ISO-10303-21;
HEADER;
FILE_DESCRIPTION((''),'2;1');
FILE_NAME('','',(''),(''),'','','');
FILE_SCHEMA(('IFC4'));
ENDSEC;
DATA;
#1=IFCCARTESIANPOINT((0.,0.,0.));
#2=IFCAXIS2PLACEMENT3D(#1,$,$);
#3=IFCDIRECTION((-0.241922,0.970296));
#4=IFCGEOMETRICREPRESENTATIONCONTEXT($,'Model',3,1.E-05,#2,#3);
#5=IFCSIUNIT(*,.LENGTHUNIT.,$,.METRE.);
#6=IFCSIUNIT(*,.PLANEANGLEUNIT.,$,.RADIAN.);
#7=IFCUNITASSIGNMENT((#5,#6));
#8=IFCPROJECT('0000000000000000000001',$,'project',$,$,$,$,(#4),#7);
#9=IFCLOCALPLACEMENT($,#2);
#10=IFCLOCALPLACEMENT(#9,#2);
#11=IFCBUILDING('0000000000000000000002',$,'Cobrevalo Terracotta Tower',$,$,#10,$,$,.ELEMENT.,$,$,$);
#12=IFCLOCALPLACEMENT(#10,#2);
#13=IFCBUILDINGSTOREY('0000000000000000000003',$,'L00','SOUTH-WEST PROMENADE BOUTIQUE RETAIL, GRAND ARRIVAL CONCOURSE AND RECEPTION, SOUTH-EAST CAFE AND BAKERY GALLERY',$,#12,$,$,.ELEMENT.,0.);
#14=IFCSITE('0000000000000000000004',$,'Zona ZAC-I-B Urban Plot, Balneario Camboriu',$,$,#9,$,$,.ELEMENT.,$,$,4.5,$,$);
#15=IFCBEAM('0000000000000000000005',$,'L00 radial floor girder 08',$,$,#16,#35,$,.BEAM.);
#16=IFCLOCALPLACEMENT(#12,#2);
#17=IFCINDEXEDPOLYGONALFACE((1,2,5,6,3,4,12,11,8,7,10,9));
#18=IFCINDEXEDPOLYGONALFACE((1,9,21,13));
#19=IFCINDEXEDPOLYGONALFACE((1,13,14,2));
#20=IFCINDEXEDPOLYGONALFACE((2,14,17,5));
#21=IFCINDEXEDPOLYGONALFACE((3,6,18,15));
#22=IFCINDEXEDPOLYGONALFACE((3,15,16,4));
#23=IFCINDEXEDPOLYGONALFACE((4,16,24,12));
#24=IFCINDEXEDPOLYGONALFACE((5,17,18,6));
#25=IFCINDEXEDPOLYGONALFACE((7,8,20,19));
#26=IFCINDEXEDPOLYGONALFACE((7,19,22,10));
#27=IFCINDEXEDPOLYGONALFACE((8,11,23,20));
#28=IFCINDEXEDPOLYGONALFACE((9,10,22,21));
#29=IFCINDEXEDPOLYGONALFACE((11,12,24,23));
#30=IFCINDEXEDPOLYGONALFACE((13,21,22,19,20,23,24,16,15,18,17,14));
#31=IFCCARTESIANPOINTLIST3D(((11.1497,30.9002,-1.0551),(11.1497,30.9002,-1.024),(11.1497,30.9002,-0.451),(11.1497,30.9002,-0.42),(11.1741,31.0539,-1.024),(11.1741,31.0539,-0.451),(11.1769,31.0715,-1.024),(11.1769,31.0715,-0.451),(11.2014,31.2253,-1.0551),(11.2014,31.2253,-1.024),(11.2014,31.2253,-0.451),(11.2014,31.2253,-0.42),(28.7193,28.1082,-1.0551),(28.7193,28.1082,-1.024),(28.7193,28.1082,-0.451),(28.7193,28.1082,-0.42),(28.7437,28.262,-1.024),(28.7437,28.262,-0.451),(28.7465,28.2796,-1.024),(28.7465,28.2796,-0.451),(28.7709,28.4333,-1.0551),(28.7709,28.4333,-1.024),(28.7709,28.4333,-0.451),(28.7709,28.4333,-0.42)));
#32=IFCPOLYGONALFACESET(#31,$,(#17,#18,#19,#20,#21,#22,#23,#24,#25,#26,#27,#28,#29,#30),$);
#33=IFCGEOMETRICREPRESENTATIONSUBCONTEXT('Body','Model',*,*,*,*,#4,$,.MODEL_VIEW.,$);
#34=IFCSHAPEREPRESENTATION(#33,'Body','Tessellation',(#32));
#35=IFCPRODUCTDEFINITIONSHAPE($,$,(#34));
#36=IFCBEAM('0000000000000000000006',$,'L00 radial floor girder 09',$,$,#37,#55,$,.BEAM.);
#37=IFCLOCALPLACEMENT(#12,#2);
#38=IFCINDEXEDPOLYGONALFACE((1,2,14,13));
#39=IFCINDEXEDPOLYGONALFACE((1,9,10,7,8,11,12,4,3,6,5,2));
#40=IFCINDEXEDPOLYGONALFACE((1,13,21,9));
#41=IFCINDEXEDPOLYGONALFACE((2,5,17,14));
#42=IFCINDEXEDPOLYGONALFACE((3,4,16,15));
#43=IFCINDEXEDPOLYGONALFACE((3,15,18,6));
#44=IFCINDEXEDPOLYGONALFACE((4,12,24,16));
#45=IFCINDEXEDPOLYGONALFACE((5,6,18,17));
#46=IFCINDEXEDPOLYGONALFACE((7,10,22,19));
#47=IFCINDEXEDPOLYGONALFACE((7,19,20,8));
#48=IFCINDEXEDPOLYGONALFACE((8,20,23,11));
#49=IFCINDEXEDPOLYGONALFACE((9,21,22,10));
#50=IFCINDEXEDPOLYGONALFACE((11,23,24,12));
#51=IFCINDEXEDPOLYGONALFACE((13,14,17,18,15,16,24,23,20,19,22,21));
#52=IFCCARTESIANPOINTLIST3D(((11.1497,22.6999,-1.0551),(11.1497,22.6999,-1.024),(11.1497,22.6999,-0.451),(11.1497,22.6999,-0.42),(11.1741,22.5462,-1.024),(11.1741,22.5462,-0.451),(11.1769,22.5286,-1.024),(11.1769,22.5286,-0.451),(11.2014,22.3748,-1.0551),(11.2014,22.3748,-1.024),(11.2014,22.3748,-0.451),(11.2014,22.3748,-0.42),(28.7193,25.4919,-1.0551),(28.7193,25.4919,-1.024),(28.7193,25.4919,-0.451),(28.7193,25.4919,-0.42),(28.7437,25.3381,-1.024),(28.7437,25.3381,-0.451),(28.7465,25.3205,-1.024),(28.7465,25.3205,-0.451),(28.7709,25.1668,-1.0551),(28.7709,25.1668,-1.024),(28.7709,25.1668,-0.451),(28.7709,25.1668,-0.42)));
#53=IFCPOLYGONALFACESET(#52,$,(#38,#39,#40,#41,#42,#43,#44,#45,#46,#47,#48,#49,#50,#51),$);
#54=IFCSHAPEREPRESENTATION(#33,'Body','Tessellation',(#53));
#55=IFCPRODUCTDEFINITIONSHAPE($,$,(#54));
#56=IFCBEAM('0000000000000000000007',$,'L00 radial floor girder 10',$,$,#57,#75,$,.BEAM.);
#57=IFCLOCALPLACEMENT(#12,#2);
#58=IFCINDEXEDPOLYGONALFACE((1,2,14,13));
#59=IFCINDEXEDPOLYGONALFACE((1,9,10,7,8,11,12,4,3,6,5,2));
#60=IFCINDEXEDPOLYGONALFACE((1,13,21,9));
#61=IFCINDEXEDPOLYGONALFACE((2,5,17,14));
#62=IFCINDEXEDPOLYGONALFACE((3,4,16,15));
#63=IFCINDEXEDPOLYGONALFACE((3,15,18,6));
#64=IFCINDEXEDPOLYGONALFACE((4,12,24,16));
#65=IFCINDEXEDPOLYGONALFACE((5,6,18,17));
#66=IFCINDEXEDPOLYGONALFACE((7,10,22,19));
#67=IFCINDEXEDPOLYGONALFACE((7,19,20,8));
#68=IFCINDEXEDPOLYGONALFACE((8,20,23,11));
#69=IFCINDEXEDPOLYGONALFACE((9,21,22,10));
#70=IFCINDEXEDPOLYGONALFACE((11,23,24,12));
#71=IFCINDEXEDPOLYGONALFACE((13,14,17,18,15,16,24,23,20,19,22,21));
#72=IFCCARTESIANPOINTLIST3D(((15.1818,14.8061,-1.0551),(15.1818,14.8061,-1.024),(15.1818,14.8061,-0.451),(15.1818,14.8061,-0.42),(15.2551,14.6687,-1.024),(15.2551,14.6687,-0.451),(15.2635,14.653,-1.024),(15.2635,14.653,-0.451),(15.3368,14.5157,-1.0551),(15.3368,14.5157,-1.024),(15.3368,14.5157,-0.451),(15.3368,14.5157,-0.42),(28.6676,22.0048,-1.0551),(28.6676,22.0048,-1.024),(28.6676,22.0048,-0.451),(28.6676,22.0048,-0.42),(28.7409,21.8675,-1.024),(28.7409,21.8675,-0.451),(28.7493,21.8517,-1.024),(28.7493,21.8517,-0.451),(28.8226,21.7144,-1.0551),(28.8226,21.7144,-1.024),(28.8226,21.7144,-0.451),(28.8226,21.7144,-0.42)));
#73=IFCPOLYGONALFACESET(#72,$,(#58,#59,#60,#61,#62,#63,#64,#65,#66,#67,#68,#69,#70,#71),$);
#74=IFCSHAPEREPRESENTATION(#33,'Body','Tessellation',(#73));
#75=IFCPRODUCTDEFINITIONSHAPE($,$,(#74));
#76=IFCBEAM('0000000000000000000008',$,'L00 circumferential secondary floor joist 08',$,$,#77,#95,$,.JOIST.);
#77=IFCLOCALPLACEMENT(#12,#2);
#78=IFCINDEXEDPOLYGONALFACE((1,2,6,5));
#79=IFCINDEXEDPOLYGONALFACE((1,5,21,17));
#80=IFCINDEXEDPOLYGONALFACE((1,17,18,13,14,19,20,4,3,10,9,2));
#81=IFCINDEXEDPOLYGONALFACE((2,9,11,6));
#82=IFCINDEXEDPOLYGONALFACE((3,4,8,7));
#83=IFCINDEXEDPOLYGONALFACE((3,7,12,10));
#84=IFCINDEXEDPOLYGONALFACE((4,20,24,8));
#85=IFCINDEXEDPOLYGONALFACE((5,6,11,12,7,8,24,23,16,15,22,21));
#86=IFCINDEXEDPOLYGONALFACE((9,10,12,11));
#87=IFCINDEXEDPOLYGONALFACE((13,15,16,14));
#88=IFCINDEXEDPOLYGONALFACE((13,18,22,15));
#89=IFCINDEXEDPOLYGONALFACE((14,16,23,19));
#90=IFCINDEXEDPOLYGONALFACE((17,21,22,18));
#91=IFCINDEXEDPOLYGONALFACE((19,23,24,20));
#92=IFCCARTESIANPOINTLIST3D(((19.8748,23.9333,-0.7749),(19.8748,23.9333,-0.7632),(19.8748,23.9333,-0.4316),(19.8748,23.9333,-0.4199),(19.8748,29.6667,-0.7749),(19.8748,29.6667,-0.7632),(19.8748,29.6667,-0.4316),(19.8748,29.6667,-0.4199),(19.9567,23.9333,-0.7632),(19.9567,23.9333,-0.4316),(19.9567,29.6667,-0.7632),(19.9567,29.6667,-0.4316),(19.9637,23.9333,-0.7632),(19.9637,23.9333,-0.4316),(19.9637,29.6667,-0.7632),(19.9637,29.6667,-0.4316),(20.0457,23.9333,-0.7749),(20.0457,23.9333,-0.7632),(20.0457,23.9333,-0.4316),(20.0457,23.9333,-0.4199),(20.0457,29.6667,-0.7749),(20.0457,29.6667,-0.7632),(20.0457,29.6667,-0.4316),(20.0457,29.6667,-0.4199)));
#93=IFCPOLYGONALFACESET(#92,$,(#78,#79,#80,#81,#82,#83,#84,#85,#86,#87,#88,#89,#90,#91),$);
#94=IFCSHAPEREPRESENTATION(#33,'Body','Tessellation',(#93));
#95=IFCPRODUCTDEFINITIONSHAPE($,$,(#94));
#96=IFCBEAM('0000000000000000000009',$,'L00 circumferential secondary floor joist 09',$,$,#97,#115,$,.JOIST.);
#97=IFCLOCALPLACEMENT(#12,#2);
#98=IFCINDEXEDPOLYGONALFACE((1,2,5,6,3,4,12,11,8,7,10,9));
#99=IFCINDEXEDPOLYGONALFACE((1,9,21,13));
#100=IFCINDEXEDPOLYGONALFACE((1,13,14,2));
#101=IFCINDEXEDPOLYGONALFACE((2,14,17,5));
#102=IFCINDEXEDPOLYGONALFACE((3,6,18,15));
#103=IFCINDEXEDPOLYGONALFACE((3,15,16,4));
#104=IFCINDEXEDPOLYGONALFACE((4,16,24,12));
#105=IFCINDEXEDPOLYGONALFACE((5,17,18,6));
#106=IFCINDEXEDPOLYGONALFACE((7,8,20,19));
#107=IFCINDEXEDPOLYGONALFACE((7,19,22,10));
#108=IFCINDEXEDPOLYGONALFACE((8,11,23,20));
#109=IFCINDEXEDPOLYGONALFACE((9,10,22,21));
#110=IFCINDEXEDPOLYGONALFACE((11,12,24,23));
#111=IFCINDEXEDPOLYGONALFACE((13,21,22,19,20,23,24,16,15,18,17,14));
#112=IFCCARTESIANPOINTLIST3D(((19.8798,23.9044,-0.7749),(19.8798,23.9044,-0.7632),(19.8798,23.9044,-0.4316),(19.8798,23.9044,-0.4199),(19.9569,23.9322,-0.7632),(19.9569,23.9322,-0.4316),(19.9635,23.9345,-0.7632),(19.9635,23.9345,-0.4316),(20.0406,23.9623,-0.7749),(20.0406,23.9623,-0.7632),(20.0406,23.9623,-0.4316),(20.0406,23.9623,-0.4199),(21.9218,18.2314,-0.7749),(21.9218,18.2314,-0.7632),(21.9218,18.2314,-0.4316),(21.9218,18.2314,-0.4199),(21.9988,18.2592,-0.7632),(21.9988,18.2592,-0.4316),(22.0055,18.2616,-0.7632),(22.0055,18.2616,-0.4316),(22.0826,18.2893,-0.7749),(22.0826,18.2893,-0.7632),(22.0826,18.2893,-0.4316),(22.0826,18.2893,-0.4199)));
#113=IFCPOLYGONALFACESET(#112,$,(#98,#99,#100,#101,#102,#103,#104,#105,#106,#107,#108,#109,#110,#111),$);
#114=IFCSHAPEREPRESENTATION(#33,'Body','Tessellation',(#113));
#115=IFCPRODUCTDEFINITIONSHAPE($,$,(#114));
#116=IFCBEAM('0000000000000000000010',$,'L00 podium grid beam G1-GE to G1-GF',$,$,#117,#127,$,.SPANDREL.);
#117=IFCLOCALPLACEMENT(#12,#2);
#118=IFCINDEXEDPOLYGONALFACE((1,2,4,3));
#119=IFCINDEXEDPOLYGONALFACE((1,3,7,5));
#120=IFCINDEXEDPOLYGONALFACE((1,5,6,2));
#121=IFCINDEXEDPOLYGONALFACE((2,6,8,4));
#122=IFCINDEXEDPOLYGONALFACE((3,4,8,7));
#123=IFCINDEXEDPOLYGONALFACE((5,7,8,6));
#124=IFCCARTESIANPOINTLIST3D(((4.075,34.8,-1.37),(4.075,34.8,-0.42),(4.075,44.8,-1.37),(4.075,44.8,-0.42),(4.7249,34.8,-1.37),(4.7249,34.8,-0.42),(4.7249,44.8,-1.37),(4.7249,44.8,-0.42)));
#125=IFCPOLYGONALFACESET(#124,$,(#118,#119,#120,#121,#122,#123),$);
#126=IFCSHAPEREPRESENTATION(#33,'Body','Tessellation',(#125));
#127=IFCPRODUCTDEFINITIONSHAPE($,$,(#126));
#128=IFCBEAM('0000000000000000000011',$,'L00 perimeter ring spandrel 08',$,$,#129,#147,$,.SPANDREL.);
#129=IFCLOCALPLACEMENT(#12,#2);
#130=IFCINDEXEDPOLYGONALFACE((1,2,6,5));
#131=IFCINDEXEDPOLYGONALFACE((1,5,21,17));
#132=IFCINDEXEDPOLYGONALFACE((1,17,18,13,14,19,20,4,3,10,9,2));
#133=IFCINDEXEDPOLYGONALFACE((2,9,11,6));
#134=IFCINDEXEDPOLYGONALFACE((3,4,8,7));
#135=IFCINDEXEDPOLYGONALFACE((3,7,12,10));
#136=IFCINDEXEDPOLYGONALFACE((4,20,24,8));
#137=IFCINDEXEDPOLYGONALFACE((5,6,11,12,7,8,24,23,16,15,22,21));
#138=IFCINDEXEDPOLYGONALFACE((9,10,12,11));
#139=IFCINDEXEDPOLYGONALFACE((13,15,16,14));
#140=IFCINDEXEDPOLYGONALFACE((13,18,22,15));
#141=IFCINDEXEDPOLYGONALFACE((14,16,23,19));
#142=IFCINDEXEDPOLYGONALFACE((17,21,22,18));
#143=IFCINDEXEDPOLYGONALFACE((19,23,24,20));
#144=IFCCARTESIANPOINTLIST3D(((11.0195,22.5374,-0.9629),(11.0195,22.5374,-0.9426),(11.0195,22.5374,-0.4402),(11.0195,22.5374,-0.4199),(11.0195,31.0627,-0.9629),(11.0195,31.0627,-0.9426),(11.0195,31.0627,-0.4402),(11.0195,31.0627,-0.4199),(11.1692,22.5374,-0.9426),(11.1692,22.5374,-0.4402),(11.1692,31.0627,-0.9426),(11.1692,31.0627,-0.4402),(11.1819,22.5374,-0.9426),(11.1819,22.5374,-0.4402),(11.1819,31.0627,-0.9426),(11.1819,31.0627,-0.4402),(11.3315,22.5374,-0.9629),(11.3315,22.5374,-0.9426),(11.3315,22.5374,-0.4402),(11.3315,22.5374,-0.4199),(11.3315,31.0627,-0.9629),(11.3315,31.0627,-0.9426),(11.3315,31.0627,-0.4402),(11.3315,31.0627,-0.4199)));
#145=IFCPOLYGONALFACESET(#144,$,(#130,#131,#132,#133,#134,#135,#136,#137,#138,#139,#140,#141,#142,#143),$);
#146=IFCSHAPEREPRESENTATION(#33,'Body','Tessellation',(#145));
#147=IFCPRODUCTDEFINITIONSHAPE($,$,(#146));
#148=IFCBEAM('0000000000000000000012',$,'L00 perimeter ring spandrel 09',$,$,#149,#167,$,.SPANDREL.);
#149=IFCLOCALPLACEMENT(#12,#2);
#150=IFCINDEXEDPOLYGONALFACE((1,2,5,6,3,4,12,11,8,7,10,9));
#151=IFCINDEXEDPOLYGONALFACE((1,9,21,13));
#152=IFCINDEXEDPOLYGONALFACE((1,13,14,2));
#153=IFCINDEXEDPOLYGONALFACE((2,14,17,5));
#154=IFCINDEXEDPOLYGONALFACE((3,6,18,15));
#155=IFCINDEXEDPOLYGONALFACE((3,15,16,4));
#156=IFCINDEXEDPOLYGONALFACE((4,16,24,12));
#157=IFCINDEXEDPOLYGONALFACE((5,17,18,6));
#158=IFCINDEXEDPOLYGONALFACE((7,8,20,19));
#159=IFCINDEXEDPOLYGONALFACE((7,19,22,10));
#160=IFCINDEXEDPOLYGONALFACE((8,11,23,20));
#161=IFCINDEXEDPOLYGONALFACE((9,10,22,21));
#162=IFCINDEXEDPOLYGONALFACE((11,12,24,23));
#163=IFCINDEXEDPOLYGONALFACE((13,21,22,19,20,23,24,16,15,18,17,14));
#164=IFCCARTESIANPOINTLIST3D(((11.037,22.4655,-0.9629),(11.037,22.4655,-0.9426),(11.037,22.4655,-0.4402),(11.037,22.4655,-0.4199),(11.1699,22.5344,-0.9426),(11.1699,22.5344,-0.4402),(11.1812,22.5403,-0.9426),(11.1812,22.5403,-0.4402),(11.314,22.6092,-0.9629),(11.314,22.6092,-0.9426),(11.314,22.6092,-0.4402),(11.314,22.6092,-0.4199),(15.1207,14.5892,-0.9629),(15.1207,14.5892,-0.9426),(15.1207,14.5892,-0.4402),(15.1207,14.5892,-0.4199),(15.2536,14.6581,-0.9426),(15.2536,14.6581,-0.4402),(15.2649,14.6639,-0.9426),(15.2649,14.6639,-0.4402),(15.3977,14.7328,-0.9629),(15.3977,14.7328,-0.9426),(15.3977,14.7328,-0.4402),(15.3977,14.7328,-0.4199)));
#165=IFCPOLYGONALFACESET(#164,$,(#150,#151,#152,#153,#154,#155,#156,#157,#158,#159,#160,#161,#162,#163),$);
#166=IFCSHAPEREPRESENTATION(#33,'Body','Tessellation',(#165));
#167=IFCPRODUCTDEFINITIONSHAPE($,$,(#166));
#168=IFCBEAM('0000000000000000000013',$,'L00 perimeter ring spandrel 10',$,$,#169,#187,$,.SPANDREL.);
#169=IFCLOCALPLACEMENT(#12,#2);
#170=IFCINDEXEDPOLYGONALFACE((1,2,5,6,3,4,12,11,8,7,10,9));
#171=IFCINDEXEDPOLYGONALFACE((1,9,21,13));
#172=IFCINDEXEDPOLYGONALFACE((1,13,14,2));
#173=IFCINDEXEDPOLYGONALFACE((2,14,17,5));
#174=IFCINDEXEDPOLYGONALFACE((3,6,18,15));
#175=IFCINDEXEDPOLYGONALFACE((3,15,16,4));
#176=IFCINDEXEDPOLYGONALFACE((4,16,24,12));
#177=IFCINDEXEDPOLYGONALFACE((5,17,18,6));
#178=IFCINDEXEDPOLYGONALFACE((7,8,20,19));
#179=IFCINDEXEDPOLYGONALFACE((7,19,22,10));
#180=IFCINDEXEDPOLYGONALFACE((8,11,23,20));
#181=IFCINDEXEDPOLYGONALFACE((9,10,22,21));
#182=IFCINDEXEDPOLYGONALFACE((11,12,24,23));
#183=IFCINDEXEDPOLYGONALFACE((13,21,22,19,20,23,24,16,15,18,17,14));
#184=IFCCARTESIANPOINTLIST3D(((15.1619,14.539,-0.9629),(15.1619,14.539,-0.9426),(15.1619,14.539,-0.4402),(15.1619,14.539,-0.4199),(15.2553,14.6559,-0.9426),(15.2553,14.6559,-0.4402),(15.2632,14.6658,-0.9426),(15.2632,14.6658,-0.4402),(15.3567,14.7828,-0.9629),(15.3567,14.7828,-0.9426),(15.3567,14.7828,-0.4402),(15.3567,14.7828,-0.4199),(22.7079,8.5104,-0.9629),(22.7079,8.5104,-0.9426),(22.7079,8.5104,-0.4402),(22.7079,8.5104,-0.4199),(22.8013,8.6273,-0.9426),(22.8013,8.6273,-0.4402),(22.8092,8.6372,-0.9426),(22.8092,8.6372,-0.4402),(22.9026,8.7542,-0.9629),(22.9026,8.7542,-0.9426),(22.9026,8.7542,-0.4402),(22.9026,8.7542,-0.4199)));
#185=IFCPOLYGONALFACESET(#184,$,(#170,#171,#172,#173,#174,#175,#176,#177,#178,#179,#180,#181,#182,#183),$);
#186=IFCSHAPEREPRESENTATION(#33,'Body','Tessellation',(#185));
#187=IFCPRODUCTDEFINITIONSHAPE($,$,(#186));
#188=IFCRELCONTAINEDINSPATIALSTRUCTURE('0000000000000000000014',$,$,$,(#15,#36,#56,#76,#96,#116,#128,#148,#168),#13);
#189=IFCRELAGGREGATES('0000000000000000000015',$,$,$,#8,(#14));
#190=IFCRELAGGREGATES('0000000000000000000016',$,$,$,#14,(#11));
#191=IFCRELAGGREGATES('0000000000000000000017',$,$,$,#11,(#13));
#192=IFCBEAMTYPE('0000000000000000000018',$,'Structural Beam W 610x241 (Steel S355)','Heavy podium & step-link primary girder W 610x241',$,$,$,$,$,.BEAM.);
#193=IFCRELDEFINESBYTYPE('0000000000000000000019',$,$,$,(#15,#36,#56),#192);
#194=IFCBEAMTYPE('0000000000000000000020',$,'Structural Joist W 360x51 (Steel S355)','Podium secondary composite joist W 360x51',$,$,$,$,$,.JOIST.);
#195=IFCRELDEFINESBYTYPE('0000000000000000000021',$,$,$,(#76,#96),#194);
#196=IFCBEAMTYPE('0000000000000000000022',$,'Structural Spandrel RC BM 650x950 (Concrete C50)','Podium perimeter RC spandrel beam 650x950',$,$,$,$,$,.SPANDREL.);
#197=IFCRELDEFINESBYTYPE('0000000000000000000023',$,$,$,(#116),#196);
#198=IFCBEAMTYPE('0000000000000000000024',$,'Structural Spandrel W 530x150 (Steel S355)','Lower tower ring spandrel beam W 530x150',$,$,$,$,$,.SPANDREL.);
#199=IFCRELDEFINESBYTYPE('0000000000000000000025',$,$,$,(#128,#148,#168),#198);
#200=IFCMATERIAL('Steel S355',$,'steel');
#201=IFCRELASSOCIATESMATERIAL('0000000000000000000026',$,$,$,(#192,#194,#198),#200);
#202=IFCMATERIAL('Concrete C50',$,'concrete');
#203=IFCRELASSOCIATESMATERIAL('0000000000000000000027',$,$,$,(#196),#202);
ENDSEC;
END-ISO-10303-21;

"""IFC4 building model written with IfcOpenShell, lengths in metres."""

from ifc_helpers import new_model, si_unit, direction, frame, origin, origin_2d, place, context, subcontext, project, spatial, rectangle, i_section, extrude, material, material_profile, profile_set, type_object, element, save


model = new_model("IFC4")

# Units and contexts
model_context = context("Model", 3, precision=1e-05, world=origin(), true_north=direction((-0.241922, 0.970296)))
body_context = subcontext(model_context, "Body", "Model", "MODEL_VIEW")
ifc_project = project(units=[si_unit("LENGTHUNIT", "METRE"), si_unit("PLANEANGLEUNIT", "RADIAN")], contexts=[model_context])

# Site, building, storey
site_placement = place(None, origin())
site = spatial("IfcSite", under=ifc_project, at=site_placement, Name="Zona ZAC-I-B Urban Plot, Balneario Camboriu", CompositionType="ELEMENT", RefElevation=4.5)
building_placement = place(site_placement, origin())
building = spatial("IfcBuilding", under=site, at=building_placement, Name="Cobrevalo Terracotta Tower", CompositionType="ELEMENT")
storey_placement = place(building_placement, origin())
storey = spatial("IfcBuildingStorey", under=building, at=storey_placement, Name="L00", Description="SOUTH-WEST PROMENADE BOUTIQUE RETAIL, GRAND ARRIVAL CONCOURSE AND RECEPTION, SOUTH-EAST CAFE AND BAKERY GALLERY", CompositionType="ELEMENT", Elevation=0.0)

# Shared definitions
ifc_material_1 = material(Name="Steel S355", Category="steel")
ifc_material_2 = material(Name="Concrete C50", Category="concrete")

# Beams
ifc_material_profile_1 = material_profile(ifc_material_1, i_section(OverallWidth=0.3291, OverallDepth=0.635, WebThickness=0.0178, FlangeThickness=0.031, at=origin_2d()), Name="W 610x241")
ifc_profile_set_1 = profile_set([ifc_material_profile_1], Name="Steel S355")
beam_type_1 = type_object("IfcBeamType", Name="Structural Beam W 610x241 (Steel S355)", Description="Heavy podium & step-link primary girder W 610x241", PredefinedType="BEAM", material=ifc_profile_set_1)
for number, where, z_axis, x_axis, name in (
    (1, (11.1755, 31.0627, -0.7375), (0.987608, -0.156941, 0.0), (0.156941, 0.987608, 0.0), "L00 radial floor girder 08"),
    (2, (11.1755, 22.5374, -0.7375), (0.987608, 0.156941, 0.0), (-0.156941, 0.987608, 0.0), "L00 radial floor girder 09"),
):
    element("IfcBeam", number, at=place(storey_placement, frame(where, z_axis=z_axis, x_axis=x_axis)), inside=storey, type_object=beam_type_1, Name=name, PredefinedType="BEAM", context=body_context, shape_type="SweptSolid", body=[
        extrude(i_section(OverallWidth=0.3291, OverallDepth=0.635, WebThickness=0.0178, FlangeThickness=0.031, at=origin_2d()), origin(), (0.0, 0.0, 1.0), 17.79),
    ])
beam_1_placement = place(storey_placement, frame((15.2593, 14.6609, -0.7375), z_axis=(0.882182, 0.470908, 0.0), x_axis=(-0.470908, 0.882182, 0.0)))
element("IfcBeam", 3, at=beam_1_placement, inside=storey, type_object=beam_type_1, Name="L00 radial floor girder 10", PredefinedType="BEAM", context=body_context, shape_type="SweptSolid", body=[
    extrude(i_section(OverallWidth=0.3291, OverallDepth=0.635, WebThickness=0.0178, FlangeThickness=0.031, at=origin_2d()), origin(), (0.0, 0.0, 1.0), 15.2869),
])
ifc_material_profile_2 = material_profile(ifc_material_1, i_section(OverallWidth=0.1709, OverallDepth=0.355, WebThickness=0.0071, FlangeThickness=0.0117, at=origin_2d()), Name="W 360x51")
ifc_profile_set_2 = profile_set([ifc_material_profile_2], Name="Steel S355")
beam_type_2 = type_object("IfcBeamType", Name="Structural Joist W 360x51 (Steel S355)", Description="Podium secondary composite joist W 360x51", PredefinedType="JOIST", material=ifc_profile_set_2)
beam_2_placement = place(storey_placement, frame((19.9602, 29.6667, -0.5974), z_axis=(0.0, -1.0, 0.0), x_axis=(1.0, 0.0, 0.0)))
element("IfcBeam", 4, at=beam_2_placement, inside=storey, type_object=beam_type_2, Name="L00 circumferential secondary floor joist 08", PredefinedType="JOIST", context=body_context, shape_type="SweptSolid", body=[
    extrude(i_section(OverallWidth=0.1709, OverallDepth=0.355, WebThickness=0.0071, FlangeThickness=0.0117, at=origin_2d()), origin(), (0.0, 0.0, 1.0), 5.7334),
])
beam_3_placement = place(storey_placement, frame((19.9602, 23.9333, -0.5974), z_axis=(0.338672, -0.940904, 0.0), x_axis=(0.940904, 0.338672, 0.0)))
element("IfcBeam", 5, at=beam_3_placement, inside=storey, type_object=beam_type_2, Name="L00 circumferential secondary floor joist 09", PredefinedType="JOIST", context=body_context, shape_type="SweptSolid", body=[
    extrude(i_section(OverallWidth=0.1709, OverallDepth=0.355, WebThickness=0.0071, FlangeThickness=0.0117, at=origin_2d()), origin(), (0.0, 0.0, 1.0), 6.0293),
])
ifc_material_profile_3 = material_profile(ifc_material_2, rectangle(XDim=0.6499, YDim=0.95, at=origin_2d()), Name="RC BM 650x950")
ifc_profile_set_3 = profile_set([ifc_material_profile_3], Name="Concrete C50")
beam_type_3 = type_object("IfcBeamType", Name="Structural Spandrel RC BM 650x950 (Concrete C50)", Description="Podium perimeter RC spandrel beam 650x950", PredefinedType="SPANDREL", material=ifc_profile_set_3)
beam_4_placement = place(storey_placement, frame((4.3999, 34.8, -0.895), z_axis=(0.0, 1.0, 0.0), x_axis=(-1.0, 0.0, 0.0)))
element("IfcBeam", 6, at=beam_4_placement, inside=storey, type_object=beam_type_3, Name="L00 podium grid beam G1-GE to G1-GF", PredefinedType="SPANDREL", context=body_context, shape_type="SweptSolid", body=[
    extrude(rectangle(XDim=0.6499, YDim=0.95, at=origin_2d()), origin(), (0.0, 0.0, 1.0), 10.0),
])
ifc_material_profile_4 = material_profile(ifc_material_1, i_section(OverallWidth=0.312, OverallDepth=0.543, WebThickness=0.0127, FlangeThickness=0.0203, at=origin_2d()), Name="W 530x150")
ifc_profile_set_4 = profile_set([ifc_material_profile_4], Name="Steel S355")
beam_type_4 = type_object("IfcBeamType", Name="Structural Spandrel W 530x150 (Steel S355)", Description="Lower tower ring spandrel beam W 530x150", PredefinedType="SPANDREL", material=ifc_profile_set_4)
beam_5_placement = place(storey_placement, frame((11.1755, 31.0627, -0.6914), z_axis=(0.0, -1.0, 0.0), x_axis=(1.0, 0.0, 0.0)))
element("IfcBeam", 7, at=beam_5_placement, inside=storey, type_object=beam_type_4, Name="L00 perimeter ring spandrel 08", PredefinedType="SPANDREL", context=body_context, shape_type="SweptSolid", body=[
    extrude(i_section(OverallWidth=0.312, OverallDepth=0.543, WebThickness=0.0127, FlangeThickness=0.0203, at=origin_2d()), origin(), (0.0, 0.0, 1.0), 8.5254),
])
beam_6_placement = place(storey_placement, frame((11.1755, 22.5374, -0.6914), z_axis=(0.460286, -0.887771, 0.0), x_axis=(0.887771, 0.460286, 0.0)))
element("IfcBeam", 8, at=beam_6_placement, inside=storey, type_object=beam_type_4, Name="L00 perimeter ring spandrel 09", PredefinedType="SPANDREL", context=body_context, shape_type="SweptSolid", body=[
    extrude(i_section(OverallWidth=0.312, OverallDepth=0.543, WebThickness=0.0127, FlangeThickness=0.0203, at=origin_2d()), origin(), (0.0, 0.0, 1.0), 8.8721),
])
beam_7_placement = place(storey_placement, frame((15.2593, 14.6609, -0.6914), z_axis=(0.78128, -0.62418, 0.0), x_axis=(0.62418, 0.78128, 0.0)))
element("IfcBeam", 9, at=beam_7_placement, inside=storey, type_object=beam_type_4, Name="L00 perimeter ring spandrel 10", PredefinedType="SPANDREL", context=body_context, shape_type="SweptSolid", body=[
    extrude(i_section(OverallWidth=0.312, OverallDepth=0.543, WebThickness=0.0127, FlangeThickness=0.0203, at=origin_2d()), origin(), (0.0, 0.0, 1.0), 9.6584),
])

save(model, "model.ifc")
